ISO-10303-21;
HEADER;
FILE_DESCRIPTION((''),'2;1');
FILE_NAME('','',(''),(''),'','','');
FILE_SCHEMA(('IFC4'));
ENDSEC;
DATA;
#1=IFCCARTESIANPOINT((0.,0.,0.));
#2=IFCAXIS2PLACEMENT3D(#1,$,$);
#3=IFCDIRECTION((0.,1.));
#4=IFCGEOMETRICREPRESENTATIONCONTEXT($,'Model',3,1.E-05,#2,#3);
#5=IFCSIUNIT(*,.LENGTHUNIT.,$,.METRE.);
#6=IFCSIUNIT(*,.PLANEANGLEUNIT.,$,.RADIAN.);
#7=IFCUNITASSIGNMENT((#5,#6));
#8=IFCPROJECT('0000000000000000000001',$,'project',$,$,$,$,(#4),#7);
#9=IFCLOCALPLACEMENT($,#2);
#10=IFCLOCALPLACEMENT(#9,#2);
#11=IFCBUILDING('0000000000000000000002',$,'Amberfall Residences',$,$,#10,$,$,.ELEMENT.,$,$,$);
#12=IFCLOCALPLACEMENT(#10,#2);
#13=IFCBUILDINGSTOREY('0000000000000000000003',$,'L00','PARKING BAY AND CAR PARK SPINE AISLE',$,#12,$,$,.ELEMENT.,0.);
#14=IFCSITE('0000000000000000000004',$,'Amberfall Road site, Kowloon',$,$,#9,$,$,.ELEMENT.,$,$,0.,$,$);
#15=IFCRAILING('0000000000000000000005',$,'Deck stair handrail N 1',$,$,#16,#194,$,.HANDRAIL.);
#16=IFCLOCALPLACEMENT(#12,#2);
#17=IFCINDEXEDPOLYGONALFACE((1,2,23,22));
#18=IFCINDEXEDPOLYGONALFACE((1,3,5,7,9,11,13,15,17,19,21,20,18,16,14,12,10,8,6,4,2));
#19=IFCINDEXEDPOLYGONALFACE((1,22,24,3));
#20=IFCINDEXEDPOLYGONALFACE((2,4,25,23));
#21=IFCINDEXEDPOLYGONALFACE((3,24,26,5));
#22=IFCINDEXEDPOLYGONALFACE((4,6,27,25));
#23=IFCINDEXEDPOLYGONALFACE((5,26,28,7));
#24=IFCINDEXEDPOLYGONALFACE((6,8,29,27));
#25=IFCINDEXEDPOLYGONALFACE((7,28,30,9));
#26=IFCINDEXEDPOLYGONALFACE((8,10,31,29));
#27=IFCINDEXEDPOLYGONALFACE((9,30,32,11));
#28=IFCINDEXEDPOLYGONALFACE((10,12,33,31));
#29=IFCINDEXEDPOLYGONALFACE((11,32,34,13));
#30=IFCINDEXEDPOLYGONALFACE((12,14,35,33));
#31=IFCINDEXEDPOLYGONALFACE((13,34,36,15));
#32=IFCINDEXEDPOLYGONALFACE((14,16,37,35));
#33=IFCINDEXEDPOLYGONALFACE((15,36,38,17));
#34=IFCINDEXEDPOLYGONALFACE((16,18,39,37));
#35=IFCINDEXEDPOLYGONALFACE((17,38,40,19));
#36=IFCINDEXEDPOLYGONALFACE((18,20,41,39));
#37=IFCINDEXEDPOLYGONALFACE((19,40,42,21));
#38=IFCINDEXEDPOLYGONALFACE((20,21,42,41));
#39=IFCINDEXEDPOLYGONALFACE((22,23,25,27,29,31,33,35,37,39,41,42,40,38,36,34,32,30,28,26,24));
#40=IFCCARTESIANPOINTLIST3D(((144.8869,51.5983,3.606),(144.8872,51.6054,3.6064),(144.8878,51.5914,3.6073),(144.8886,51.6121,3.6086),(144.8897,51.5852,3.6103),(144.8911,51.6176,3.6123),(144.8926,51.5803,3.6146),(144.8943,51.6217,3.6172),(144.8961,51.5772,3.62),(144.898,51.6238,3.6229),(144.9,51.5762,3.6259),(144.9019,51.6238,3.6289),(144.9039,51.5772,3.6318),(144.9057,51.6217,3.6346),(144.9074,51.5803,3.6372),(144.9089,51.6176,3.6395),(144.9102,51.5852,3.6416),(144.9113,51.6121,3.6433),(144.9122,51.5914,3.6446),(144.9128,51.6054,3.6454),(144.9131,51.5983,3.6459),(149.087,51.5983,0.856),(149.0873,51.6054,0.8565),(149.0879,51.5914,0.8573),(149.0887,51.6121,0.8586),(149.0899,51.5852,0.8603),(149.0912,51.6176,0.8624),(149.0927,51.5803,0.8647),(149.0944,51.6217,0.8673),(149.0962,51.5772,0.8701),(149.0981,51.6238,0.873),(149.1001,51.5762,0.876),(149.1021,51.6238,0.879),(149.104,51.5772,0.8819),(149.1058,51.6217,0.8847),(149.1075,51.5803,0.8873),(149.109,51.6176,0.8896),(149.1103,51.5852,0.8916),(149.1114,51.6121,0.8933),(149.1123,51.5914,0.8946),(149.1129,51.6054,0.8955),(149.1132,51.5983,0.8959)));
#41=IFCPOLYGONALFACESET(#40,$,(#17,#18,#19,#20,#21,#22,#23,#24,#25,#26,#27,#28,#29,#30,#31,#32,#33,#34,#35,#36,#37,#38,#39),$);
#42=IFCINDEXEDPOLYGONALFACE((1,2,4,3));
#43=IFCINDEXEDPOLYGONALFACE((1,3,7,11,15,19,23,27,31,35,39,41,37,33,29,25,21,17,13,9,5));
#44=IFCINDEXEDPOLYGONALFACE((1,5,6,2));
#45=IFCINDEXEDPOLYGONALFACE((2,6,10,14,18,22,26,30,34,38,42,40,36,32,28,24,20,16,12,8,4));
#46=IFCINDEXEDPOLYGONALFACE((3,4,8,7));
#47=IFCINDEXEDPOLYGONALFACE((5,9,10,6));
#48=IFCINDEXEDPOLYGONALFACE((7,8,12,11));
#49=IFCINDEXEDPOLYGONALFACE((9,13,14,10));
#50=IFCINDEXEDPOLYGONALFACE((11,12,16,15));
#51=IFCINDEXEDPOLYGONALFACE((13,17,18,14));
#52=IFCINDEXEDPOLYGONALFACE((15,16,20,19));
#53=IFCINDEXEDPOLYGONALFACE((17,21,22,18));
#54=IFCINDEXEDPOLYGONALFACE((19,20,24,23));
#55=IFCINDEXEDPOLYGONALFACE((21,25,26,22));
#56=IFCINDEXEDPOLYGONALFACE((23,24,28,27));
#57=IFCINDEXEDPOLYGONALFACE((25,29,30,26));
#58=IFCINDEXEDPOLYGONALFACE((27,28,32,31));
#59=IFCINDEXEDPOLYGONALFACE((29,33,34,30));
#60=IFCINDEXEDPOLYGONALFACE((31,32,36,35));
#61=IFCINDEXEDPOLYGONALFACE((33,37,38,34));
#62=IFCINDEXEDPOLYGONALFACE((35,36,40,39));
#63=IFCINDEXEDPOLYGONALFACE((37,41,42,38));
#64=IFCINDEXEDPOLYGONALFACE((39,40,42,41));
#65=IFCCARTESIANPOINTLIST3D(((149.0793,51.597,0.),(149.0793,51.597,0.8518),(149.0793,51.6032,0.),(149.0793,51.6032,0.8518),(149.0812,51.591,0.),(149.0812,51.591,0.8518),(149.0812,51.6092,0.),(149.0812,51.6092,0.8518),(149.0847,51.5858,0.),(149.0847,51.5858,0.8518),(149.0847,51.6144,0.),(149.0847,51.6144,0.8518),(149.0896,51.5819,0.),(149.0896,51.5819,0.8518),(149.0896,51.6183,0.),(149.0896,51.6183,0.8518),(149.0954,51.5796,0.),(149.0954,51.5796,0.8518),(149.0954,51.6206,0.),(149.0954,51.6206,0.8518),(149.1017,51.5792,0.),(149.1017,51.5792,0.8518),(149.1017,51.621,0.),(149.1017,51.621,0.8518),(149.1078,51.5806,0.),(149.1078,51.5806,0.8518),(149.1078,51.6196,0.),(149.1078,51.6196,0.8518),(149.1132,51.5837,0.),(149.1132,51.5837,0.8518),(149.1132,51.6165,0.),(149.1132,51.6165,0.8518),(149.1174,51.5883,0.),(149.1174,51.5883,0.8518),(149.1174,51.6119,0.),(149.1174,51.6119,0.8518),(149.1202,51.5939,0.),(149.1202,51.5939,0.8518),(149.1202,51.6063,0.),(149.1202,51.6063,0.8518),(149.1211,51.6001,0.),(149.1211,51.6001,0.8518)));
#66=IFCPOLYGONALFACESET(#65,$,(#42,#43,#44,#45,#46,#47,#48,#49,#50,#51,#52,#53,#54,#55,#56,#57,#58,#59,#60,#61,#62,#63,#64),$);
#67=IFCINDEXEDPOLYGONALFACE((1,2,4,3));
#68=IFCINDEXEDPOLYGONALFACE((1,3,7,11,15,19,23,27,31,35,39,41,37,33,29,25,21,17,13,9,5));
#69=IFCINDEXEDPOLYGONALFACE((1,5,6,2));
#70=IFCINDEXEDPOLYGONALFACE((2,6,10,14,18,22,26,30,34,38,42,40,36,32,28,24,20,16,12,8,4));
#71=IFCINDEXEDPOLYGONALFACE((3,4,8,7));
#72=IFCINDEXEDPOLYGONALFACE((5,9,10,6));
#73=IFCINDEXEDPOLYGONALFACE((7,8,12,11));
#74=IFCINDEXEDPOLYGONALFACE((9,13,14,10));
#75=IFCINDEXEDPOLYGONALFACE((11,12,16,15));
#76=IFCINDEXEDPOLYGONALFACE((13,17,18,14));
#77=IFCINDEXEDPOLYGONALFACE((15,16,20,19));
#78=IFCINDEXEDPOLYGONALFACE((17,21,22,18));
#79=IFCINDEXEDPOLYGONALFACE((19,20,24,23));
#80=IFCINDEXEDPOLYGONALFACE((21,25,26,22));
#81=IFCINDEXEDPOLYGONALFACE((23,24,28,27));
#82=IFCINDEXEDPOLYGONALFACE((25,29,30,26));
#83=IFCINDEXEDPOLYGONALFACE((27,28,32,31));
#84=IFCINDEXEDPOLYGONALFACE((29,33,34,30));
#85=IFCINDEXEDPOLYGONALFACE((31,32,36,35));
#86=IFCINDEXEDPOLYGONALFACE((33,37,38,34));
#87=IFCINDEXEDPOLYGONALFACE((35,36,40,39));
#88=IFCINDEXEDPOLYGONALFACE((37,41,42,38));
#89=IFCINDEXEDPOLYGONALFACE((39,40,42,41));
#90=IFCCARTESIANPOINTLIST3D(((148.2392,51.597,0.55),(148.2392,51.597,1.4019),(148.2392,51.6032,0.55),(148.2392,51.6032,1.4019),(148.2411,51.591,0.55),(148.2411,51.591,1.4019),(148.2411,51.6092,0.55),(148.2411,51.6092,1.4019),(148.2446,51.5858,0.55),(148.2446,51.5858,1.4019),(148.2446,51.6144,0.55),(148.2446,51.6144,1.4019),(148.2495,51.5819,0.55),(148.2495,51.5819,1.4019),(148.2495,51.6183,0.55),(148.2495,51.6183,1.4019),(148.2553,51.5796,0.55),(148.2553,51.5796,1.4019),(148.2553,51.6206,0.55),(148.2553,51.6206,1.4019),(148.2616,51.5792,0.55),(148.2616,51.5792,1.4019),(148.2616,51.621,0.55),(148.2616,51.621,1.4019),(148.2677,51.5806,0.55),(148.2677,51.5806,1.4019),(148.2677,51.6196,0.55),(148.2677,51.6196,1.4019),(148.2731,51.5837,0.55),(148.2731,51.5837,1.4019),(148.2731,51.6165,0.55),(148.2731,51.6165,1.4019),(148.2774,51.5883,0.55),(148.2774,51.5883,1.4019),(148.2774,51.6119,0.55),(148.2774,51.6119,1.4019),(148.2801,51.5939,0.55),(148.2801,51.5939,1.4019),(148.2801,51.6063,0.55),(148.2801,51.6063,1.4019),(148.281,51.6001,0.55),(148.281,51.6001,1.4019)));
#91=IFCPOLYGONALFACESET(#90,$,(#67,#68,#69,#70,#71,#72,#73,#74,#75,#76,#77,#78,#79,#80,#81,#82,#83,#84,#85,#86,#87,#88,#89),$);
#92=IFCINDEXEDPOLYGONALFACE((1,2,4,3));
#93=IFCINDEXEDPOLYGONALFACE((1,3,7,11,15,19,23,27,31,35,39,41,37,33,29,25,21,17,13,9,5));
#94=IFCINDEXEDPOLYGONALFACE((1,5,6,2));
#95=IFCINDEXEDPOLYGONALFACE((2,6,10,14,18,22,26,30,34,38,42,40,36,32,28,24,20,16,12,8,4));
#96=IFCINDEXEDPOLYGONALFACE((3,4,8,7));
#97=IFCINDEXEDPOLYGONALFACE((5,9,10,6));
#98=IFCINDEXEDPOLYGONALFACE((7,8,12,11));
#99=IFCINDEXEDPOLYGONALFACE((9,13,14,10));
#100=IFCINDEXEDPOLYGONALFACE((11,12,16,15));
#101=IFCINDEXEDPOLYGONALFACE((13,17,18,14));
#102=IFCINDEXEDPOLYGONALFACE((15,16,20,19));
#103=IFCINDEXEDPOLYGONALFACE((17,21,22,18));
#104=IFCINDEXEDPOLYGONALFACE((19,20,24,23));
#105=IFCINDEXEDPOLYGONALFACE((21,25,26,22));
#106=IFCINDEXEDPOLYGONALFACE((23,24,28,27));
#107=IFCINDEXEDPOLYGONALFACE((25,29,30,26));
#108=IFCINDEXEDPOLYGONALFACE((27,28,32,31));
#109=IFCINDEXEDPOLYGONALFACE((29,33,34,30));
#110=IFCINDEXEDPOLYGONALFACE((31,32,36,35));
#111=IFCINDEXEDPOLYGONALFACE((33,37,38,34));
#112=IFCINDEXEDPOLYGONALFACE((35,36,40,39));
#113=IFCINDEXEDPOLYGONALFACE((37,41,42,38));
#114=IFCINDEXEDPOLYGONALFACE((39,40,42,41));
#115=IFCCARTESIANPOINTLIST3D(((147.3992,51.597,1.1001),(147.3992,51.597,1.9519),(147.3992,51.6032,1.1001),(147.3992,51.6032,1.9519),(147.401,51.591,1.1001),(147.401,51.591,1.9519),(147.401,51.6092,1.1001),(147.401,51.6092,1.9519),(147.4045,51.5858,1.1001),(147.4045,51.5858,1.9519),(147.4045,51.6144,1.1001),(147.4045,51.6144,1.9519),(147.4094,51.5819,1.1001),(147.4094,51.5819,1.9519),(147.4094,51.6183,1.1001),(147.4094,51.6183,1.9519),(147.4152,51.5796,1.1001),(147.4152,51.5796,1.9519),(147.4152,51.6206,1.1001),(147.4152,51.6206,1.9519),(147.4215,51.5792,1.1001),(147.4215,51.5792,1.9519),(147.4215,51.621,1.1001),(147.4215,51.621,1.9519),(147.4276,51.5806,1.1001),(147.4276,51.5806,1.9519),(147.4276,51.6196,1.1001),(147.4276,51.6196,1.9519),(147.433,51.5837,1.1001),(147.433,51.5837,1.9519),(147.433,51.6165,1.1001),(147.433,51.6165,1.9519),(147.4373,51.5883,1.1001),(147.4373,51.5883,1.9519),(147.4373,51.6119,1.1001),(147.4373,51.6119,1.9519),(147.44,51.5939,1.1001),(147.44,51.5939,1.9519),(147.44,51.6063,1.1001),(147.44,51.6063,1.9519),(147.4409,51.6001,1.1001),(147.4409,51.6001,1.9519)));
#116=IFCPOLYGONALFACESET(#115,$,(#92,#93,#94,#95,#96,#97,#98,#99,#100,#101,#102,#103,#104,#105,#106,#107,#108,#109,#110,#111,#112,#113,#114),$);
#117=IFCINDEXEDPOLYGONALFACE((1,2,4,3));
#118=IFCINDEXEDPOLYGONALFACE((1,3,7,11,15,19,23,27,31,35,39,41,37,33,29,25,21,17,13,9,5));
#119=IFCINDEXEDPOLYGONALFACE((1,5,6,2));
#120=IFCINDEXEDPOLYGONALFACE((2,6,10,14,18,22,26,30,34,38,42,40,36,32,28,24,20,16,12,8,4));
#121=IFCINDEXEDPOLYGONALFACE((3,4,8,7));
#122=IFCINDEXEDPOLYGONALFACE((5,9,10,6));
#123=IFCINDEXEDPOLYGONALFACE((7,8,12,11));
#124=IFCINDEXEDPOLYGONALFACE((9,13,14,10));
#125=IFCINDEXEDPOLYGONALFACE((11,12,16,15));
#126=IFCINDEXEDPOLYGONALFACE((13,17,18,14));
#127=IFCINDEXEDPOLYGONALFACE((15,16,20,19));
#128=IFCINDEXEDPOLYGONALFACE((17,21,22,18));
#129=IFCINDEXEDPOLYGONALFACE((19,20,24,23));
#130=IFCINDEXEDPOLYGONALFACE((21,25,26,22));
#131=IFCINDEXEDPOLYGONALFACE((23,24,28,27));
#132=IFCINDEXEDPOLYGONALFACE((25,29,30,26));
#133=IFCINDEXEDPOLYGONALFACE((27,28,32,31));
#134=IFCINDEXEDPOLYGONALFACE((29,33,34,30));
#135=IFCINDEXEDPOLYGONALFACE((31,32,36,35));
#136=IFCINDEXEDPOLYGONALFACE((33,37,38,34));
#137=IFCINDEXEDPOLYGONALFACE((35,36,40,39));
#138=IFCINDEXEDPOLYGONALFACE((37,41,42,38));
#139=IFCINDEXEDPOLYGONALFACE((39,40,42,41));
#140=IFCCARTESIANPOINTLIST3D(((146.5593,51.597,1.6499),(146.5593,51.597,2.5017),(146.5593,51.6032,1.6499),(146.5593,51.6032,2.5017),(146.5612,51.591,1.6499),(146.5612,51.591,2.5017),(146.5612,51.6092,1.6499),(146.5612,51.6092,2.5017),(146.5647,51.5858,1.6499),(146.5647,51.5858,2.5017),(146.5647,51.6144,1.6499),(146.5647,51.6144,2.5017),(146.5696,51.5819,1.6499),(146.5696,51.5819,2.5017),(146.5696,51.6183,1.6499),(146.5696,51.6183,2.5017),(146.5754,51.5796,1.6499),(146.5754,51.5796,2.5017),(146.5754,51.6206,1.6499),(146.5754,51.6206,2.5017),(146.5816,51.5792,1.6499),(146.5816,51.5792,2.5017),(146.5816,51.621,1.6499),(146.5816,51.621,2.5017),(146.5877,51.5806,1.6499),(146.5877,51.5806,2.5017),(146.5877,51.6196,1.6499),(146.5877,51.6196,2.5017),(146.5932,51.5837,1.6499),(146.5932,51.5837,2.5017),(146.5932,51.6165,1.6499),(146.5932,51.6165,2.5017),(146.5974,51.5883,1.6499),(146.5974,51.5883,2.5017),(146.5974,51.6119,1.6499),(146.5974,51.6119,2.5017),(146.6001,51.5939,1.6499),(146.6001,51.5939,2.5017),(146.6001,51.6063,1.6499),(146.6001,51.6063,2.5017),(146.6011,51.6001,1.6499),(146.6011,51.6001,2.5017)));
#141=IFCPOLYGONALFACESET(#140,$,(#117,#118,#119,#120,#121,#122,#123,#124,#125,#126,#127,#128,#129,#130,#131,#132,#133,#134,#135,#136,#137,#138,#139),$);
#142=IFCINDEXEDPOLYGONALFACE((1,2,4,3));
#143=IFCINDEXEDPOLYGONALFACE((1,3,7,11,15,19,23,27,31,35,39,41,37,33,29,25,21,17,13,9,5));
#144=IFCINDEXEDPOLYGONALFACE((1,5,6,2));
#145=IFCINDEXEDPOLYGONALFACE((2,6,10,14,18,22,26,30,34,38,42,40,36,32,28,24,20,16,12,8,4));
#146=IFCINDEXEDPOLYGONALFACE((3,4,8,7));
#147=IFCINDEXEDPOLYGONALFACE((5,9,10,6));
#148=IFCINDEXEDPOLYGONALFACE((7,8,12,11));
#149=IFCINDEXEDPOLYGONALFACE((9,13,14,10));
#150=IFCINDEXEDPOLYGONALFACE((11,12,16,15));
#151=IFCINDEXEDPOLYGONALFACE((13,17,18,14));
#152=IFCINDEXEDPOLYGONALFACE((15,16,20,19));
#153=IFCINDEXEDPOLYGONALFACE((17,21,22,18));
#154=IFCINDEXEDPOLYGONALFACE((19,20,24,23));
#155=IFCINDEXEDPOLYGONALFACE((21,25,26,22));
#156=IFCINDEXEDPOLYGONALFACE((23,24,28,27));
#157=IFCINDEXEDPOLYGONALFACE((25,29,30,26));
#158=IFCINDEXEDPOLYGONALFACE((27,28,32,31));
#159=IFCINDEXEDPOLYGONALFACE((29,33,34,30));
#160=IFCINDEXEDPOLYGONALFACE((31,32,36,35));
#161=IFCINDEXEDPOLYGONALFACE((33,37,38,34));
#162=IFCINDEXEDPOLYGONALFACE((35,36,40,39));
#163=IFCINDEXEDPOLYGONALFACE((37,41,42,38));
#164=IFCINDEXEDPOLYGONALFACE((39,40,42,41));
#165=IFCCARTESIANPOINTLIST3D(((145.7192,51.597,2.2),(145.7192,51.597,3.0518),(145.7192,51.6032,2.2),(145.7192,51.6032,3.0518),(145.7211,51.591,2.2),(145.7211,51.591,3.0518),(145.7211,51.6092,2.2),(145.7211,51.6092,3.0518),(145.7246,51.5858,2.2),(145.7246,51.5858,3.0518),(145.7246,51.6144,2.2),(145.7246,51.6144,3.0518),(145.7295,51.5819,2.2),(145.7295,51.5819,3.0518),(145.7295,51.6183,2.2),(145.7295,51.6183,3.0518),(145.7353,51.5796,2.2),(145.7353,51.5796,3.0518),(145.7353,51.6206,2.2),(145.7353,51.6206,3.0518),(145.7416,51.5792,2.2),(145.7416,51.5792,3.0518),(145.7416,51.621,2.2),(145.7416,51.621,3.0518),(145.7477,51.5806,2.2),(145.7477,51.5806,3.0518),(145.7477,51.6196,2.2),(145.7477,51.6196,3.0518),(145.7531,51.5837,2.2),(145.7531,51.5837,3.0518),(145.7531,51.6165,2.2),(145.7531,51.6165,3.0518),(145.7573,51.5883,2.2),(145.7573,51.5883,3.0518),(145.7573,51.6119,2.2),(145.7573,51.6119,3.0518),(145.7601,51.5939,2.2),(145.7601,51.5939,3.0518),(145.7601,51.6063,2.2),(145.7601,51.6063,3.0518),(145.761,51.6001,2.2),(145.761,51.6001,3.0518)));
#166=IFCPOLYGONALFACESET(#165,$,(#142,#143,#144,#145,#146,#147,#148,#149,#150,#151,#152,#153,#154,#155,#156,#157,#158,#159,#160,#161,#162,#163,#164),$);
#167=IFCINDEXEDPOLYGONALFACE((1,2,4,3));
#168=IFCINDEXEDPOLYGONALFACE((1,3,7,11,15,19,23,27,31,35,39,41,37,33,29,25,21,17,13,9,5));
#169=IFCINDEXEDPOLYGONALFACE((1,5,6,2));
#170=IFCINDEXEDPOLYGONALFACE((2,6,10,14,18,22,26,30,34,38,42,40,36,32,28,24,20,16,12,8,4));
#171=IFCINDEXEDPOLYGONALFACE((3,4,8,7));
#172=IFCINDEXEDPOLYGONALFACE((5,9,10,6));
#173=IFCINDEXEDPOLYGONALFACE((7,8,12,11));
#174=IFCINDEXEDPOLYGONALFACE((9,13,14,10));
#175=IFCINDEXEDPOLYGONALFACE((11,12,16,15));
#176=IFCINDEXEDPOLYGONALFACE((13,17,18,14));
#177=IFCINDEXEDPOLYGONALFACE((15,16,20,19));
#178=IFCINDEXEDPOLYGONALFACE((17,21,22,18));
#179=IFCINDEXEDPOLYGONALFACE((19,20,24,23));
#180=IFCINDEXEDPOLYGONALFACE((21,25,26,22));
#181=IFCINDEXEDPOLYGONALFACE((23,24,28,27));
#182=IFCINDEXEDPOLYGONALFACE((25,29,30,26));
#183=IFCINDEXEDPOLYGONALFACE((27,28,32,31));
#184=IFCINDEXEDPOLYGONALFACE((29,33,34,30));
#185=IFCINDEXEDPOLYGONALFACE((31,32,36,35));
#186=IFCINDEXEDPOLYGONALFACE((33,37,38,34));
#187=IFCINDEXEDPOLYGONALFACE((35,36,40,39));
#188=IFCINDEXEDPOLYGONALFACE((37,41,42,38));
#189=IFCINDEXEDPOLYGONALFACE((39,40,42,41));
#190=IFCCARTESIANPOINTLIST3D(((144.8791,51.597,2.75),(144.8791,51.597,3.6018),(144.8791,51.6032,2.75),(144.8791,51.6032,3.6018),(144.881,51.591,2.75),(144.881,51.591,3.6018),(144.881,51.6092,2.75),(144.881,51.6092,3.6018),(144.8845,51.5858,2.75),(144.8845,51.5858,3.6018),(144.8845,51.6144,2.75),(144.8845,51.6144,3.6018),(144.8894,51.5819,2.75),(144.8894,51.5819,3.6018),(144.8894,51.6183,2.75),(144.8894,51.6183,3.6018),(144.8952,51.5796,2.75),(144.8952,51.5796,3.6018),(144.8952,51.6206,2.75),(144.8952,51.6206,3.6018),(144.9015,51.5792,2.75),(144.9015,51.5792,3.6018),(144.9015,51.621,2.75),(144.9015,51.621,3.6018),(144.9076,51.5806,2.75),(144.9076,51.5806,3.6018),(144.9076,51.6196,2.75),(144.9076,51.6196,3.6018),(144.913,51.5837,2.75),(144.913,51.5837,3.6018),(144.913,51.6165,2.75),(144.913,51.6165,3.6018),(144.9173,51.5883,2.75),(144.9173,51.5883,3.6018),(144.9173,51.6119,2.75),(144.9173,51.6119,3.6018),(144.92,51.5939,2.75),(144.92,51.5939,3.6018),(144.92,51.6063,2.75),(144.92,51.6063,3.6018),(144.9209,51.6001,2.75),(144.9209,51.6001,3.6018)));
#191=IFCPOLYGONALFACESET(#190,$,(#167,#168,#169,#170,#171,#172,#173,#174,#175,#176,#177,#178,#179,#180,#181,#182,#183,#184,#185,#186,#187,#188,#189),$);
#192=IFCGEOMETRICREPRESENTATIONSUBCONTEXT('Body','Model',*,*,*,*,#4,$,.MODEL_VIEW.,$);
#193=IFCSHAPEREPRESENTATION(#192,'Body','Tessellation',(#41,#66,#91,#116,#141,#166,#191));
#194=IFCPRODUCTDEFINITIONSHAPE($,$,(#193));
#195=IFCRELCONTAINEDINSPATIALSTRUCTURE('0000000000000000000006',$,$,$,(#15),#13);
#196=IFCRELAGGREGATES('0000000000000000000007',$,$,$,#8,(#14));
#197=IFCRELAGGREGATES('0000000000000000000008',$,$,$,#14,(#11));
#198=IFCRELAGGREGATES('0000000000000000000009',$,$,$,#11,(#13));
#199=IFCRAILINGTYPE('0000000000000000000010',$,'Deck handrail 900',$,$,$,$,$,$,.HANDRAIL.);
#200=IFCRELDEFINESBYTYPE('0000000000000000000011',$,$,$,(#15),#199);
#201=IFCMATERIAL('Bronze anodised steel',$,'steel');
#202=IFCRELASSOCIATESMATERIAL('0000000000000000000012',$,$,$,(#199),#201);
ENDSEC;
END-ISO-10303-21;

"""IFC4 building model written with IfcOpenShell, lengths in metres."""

from ifc_helpers import new_model, si_unit, direction, frame, origin, origin_2d, place, context, subcontext, project, spatial, circle, extrude, material, type_object, element, save


model = new_model("IFC4")

# Units and contexts
model_context = context("Model", 3, precision=1e-05, world=origin(), true_north=direction((0.0, 1.0)))
body_context = subcontext(model_context, "Body", "Model", "MODEL_VIEW")
ifc_project = project(units=[si_unit("LENGTHUNIT", "METRE"), si_unit("PLANEANGLEUNIT", "RADIAN")], contexts=[model_context])

# Site, building, storey
site_placement = place(None, origin())
site = spatial("IfcSite", under=ifc_project, at=site_placement, Name="Amberfall Road site, Kowloon", CompositionType="ELEMENT", RefElevation=0.0)
building_placement = place(site_placement, origin())
building = spatial("IfcBuilding", under=site, at=building_placement, Name="Amberfall Residences", CompositionType="ELEMENT")
storey_placement = place(building_placement, origin())
storey = spatial("IfcBuildingStorey", under=building, at=storey_placement, Name="L00", Description="PARKING BAY AND CAR PARK SPINE AISLE", CompositionType="ELEMENT", Elevation=0.0)

# Railing
ifc_material_1 = material(Name="Bronze anodised steel", Category="steel")
railing_type = type_object("IfcRailingType", Name="Deck handrail 900", PredefinedType="HANDRAIL", material=ifc_material_1)
railing_1_placement = place(storey_placement, frame((149.1001, 51.6001, 0.0)))
element("IfcRailing", 1, at=railing_1_placement, inside=storey, type_object=railing_type, Name="Deck stair handrail N 1", PredefinedType="HANDRAIL", context=body_context, shape_type="SweptSolid", body=[
    extrude(circle(Radius=0.0239, at=origin_2d()), frame((0.0, 0.0, 0.876), z_axis=(-0.83663, 0.0, 0.547768), x_axis=(0.0, -1.0, 0.0)), (0.0, 0.0, 1.0), 5.0203),
    extrude(circle(Radius=0.021, at=origin_2d()), origin(), (0.0, 0.0, 1.0), 0.8518),
    extrude(circle(Radius=0.021, at=origin_2d()), frame((-0.8401, 0.0, 0.55)), (0.0, 0.0, 1.0), 0.8518),
    extrude(circle(Radius=0.021, at=origin_2d()), frame((-1.6802, 0.0, 1.1001)), (0.0, 0.0, 1.0), 0.8518),
    extrude(circle(Radius=0.021, at=origin_2d()), frame((-2.52, 0.0, 1.6499)), (0.0, 0.0, 1.0), 0.8518),
    extrude(circle(Radius=0.021, at=origin_2d()), frame((-3.3601, 0.0, 2.2)), (0.0, 0.0, 1.0), 0.8518),
    extrude(circle(Radius=0.021, at=origin_2d()), frame((-4.2002, 0.0, 2.75)), (0.0, 0.0, 1.0), 0.8518),
])

save(model, "model.ifc")
